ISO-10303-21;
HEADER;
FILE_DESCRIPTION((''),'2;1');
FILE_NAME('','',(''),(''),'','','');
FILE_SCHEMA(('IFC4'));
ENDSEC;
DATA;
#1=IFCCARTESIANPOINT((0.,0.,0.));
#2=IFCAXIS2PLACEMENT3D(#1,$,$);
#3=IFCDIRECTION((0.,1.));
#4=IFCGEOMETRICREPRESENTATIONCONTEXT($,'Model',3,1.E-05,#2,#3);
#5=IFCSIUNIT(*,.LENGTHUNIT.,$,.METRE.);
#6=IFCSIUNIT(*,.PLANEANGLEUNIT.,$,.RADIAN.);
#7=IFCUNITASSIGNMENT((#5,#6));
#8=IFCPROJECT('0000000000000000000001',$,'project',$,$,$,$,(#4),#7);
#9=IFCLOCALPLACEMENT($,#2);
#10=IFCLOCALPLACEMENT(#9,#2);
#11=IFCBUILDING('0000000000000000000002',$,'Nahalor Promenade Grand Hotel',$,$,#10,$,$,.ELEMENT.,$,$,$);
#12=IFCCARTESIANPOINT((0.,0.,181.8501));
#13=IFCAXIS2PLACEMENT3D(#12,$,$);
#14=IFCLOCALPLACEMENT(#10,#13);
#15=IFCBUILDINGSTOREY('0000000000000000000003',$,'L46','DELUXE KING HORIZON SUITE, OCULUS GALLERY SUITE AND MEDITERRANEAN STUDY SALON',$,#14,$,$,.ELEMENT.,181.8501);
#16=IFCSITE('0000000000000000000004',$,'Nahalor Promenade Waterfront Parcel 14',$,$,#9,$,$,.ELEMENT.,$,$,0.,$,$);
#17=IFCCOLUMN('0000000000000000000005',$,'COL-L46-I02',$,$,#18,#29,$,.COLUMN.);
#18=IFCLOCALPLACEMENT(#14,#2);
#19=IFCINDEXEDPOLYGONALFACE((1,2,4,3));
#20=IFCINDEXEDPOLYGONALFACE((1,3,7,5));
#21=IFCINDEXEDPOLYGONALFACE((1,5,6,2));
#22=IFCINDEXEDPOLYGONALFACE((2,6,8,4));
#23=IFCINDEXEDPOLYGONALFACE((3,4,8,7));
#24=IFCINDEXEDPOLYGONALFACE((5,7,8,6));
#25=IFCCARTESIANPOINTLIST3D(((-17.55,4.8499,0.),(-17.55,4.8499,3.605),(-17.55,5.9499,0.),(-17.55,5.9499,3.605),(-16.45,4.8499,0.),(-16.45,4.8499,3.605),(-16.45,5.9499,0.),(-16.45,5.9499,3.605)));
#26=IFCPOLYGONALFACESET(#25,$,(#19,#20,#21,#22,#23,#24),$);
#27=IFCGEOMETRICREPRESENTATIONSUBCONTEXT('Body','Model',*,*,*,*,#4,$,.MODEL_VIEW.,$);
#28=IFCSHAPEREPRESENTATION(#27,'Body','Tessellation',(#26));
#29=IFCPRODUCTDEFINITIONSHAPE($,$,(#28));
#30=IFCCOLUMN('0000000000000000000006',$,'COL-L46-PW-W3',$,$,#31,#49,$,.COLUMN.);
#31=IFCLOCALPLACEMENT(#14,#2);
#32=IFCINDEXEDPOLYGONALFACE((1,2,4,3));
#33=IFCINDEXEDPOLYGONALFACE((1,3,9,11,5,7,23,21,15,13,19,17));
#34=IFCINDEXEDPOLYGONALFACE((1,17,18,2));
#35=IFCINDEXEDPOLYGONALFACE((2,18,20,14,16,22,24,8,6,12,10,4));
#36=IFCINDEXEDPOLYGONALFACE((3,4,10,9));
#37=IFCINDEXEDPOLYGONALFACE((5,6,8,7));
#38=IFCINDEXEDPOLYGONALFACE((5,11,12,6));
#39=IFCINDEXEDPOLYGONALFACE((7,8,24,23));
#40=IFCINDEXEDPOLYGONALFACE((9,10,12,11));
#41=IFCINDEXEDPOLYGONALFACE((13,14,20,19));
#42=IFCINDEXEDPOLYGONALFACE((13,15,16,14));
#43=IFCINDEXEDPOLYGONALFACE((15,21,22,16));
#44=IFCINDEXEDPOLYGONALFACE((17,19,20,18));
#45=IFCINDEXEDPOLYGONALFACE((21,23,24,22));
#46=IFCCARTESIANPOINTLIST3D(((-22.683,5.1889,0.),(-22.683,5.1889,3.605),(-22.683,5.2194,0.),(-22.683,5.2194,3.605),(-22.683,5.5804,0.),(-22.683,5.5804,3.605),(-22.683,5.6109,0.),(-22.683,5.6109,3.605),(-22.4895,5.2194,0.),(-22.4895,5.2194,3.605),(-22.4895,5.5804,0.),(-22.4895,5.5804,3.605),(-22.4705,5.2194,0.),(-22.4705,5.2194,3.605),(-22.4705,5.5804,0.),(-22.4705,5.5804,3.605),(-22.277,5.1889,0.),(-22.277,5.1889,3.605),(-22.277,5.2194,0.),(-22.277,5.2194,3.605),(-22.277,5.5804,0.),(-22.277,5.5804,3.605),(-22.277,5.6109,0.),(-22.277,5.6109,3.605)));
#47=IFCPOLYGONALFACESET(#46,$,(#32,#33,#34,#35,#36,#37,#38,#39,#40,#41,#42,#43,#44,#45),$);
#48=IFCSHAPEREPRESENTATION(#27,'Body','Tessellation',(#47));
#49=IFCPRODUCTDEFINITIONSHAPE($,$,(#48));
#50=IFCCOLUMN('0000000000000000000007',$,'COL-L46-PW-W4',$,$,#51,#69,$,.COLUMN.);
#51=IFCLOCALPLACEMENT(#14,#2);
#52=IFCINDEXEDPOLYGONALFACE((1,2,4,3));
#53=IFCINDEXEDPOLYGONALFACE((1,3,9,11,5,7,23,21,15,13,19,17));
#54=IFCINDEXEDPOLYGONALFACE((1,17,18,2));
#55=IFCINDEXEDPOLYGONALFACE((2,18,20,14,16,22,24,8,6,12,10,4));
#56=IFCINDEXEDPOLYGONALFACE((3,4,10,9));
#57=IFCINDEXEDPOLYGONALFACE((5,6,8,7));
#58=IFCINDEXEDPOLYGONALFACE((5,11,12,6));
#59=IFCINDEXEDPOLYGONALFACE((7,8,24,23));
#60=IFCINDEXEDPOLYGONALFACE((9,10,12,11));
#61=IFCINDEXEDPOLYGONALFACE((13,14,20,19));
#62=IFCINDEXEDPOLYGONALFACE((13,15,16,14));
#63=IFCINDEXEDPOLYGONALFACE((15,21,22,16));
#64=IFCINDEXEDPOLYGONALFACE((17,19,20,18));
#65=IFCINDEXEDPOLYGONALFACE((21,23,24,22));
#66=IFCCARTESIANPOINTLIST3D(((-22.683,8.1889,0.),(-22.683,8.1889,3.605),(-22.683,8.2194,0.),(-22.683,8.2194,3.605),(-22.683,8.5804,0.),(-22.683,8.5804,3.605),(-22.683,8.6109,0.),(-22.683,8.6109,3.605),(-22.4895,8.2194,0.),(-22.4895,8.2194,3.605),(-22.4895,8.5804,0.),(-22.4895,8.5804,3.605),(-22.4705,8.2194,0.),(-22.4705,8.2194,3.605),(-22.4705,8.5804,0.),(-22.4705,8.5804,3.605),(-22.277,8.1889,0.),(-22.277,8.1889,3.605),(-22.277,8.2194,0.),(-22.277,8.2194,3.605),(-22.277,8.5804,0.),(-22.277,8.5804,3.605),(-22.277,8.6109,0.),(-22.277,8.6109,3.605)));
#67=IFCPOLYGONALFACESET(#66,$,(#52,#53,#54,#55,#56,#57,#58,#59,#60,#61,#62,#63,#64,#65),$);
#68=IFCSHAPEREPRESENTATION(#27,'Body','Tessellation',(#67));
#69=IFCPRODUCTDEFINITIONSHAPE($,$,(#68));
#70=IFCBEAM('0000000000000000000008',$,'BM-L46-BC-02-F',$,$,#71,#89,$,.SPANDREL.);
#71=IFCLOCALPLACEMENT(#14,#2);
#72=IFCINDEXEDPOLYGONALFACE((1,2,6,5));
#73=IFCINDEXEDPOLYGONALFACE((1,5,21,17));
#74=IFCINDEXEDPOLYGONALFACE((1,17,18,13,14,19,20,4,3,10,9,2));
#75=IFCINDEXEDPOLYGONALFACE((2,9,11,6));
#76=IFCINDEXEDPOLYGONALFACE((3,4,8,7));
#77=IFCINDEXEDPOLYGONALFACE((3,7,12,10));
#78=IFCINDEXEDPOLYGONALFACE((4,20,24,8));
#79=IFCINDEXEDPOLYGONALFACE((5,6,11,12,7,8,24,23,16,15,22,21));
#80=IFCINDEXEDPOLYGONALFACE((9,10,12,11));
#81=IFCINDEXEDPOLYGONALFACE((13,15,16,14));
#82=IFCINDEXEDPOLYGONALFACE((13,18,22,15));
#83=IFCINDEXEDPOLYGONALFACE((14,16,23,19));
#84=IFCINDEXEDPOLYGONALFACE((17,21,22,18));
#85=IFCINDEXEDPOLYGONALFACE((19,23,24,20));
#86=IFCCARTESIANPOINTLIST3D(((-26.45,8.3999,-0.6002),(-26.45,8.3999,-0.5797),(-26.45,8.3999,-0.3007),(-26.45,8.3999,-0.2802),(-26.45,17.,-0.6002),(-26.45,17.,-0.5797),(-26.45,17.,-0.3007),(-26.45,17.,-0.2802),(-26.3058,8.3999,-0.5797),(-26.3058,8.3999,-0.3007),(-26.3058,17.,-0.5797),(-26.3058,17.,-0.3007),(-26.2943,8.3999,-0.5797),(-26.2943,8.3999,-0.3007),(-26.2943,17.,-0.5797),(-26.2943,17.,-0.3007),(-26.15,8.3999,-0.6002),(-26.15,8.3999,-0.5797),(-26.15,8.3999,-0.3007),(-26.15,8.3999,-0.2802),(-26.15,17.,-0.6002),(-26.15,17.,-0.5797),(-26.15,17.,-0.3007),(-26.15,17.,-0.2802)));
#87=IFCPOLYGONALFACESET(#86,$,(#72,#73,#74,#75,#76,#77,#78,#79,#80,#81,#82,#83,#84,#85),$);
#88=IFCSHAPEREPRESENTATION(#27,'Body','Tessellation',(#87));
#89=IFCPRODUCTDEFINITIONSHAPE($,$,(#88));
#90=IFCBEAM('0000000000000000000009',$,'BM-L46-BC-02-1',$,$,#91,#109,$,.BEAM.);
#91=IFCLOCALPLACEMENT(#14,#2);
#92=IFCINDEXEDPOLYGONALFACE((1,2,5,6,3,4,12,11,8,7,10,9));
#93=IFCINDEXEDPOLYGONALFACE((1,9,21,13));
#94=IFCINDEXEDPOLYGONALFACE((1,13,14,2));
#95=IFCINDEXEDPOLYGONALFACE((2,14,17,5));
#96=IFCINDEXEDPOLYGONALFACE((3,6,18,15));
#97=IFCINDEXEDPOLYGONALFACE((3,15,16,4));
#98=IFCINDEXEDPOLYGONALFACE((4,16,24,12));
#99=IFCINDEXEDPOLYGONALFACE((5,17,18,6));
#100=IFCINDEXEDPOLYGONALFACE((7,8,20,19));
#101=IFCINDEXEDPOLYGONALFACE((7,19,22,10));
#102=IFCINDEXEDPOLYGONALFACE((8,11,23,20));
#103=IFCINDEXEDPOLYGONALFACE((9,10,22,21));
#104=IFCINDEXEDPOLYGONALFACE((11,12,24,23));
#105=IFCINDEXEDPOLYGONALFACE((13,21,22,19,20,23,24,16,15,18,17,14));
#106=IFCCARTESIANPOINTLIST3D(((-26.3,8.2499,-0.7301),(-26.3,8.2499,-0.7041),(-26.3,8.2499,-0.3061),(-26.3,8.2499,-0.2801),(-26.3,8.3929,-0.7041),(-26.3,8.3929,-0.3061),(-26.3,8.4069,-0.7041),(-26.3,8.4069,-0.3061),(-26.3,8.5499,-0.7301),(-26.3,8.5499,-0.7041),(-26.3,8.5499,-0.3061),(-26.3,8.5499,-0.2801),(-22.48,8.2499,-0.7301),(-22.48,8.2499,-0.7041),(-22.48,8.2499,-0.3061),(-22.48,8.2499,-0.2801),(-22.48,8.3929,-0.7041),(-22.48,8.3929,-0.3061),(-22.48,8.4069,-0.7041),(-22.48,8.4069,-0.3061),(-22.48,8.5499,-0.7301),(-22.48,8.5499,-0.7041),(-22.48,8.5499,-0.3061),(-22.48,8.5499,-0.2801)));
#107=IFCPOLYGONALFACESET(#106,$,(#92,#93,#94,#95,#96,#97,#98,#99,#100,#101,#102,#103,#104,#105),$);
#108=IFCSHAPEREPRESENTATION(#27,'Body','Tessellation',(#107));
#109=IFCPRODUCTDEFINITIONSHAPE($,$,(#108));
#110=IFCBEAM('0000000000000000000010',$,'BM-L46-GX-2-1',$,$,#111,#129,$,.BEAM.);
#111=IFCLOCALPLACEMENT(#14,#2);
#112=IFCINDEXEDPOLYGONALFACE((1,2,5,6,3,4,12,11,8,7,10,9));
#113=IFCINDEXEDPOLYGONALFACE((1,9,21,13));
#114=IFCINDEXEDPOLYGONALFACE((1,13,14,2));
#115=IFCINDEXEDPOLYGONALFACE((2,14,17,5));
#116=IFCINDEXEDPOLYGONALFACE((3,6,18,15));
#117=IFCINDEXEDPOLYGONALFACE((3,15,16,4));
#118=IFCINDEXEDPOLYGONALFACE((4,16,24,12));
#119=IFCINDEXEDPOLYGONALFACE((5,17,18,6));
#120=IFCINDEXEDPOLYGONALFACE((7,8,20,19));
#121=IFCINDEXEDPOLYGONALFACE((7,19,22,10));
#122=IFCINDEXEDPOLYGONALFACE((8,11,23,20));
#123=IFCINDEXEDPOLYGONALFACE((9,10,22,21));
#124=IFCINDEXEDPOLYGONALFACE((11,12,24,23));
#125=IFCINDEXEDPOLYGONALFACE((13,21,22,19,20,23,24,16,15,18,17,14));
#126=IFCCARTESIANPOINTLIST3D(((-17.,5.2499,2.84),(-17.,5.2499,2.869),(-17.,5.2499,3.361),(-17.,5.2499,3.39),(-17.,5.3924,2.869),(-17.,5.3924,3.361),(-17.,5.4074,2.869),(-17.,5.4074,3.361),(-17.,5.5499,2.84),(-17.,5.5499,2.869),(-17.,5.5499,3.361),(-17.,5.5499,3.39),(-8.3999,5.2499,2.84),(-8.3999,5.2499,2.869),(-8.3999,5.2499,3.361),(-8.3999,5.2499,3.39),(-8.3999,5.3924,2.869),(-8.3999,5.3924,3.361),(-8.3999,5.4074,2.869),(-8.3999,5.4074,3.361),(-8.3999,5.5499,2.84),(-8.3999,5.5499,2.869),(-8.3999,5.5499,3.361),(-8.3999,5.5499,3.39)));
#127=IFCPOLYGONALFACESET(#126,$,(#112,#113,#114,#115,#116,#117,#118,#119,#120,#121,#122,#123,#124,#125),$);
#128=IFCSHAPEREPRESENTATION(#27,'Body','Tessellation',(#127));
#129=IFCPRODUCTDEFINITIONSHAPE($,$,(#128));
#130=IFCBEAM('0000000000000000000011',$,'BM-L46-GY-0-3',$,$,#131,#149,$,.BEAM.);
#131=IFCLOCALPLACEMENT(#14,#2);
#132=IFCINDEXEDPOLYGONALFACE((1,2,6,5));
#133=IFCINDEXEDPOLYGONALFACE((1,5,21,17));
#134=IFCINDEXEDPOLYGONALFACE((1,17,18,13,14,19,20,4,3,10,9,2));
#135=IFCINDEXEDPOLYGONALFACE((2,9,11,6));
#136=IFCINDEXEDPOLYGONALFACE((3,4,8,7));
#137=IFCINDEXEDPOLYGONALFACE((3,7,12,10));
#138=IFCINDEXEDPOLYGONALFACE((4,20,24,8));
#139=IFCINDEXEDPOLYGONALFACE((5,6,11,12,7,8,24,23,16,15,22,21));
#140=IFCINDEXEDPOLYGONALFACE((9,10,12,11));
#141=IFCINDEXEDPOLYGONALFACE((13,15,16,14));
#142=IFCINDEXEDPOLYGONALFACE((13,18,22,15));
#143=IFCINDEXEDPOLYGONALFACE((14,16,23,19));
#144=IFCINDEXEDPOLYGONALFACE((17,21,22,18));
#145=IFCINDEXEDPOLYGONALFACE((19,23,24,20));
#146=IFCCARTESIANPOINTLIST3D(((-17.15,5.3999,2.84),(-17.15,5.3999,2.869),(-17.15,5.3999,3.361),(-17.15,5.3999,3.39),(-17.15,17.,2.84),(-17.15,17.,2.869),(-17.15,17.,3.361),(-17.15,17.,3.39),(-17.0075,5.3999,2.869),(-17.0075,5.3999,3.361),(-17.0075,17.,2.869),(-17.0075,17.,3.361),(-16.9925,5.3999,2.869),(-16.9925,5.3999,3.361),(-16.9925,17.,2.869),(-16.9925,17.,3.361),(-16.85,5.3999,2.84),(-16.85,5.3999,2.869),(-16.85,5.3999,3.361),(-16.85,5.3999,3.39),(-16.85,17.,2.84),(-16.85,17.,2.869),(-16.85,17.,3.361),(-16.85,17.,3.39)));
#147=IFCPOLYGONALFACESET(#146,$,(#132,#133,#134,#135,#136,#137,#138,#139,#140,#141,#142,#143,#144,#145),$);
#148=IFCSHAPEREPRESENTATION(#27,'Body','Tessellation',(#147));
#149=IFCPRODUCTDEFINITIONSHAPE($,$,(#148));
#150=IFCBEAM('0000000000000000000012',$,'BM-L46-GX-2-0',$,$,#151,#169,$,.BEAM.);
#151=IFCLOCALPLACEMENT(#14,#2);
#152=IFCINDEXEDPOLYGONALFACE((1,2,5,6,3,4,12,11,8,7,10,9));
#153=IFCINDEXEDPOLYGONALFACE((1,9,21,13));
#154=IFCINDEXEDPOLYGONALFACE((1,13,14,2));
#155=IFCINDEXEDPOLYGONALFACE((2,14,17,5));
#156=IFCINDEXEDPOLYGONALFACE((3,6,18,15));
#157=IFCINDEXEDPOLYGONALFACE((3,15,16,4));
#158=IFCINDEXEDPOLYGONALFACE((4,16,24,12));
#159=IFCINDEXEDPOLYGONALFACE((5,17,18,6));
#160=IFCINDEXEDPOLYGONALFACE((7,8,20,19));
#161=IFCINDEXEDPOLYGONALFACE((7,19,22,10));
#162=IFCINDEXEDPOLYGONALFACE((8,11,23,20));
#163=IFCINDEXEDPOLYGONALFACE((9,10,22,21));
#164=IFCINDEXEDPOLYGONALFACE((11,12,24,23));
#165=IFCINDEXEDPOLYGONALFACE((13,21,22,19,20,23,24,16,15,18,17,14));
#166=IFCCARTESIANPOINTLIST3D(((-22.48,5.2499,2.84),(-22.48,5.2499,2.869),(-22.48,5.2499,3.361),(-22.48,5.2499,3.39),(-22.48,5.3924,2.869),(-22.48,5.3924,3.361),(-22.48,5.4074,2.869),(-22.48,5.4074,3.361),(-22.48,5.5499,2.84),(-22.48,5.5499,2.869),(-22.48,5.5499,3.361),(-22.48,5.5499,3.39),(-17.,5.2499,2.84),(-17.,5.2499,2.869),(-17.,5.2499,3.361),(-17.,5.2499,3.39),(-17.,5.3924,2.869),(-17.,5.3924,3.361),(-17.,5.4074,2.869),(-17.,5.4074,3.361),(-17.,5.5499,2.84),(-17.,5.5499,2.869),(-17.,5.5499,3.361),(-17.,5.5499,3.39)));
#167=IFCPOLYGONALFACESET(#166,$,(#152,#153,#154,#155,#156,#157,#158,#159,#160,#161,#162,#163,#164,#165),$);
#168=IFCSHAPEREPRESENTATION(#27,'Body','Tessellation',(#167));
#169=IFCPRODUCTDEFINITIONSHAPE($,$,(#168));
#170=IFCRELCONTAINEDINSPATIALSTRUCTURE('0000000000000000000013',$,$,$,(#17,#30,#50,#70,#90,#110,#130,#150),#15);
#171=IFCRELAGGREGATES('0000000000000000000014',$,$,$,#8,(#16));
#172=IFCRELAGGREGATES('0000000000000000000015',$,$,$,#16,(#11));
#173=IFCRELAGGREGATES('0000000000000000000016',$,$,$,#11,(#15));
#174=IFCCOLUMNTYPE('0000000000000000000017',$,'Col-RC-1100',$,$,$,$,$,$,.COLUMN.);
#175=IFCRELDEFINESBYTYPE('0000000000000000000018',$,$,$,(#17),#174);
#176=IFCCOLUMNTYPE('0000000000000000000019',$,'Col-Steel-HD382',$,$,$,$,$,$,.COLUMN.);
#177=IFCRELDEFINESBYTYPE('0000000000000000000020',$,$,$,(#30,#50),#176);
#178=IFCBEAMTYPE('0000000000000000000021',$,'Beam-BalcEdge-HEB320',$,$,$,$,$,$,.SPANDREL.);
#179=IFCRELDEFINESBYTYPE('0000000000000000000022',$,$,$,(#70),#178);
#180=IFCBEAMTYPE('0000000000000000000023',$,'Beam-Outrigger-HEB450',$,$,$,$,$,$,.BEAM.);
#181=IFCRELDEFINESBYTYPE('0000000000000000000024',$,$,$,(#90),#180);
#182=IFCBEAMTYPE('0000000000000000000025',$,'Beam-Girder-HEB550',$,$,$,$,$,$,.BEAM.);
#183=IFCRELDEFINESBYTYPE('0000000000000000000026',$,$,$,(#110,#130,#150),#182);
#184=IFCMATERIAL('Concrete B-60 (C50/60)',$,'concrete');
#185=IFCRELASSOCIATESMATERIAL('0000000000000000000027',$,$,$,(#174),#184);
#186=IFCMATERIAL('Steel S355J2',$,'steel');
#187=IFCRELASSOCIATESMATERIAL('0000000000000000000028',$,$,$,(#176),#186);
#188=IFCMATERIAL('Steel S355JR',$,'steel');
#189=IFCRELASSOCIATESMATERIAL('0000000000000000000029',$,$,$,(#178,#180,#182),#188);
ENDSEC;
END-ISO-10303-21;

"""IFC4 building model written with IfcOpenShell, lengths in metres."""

from ifc_helpers import new_model, si_unit, direction, frame, origin, origin_2d, place, context, subcontext, project, spatial, rectangle, i_section, extrude, source, transform, mapped, material, material_profile, profile_set, type_object, element, save


model = new_model("IFC4")

# Units and contexts
model_context = context("Model", 3, precision=1e-05, world=origin(), true_north=direction((0.0, 1.0)))
body_context = subcontext(model_context, "Body", "Model", "MODEL_VIEW")
ifc_project = project(units=[si_unit("LENGTHUNIT", "METRE"), si_unit("PLANEANGLEUNIT", "RADIAN")], contexts=[model_context])

# Site, building, storey
site_placement = place(None, origin())
site = spatial("IfcSite", under=ifc_project, at=site_placement, Name="Nahalor Promenade Waterfront Parcel 14", CompositionType="ELEMENT", RefElevation=0.0)
building_placement = place(site_placement, origin())
building = spatial("IfcBuilding", under=site, at=building_placement, Name="Nahalor Promenade Grand Hotel", CompositionType="ELEMENT")
storey_placement = place(building_placement, frame((0.0, 0.0, 181.8501)))
storey = spatial("IfcBuildingStorey", under=building, at=storey_placement, Name="L46", Description="DELUXE KING HORIZON SUITE, OCULUS GALLERY SUITE AND MEDITERRANEAN STUDY SALON", CompositionType="ELEMENT", Elevation=181.8501)

# Columns
ifc_material_1 = material(Name="Concrete B-60 (C50/60)", Category="concrete")
ifc_material_profile_1 = material_profile(ifc_material_1, rectangle(XDim=1.1, YDim=1.1, at=origin_2d()), Name="RC 1100x1100")
ifc_profile_set_1 = profile_set([ifc_material_profile_1], Name="Concrete B-60 (C50/60)")
column_type_1 = type_object("IfcColumnType", Name="Col-RC-1100", PredefinedType="COLUMN", material=ifc_profile_set_1)
shared_shape_1 = source(origin(), body_context, "Body", "SweptSolid", [
    extrude(rectangle(XDim=1.1, YDim=1.1, at=origin_2d()), origin(), (0.0, 0.0, 1.0), 3.605),
])
column_placement = place(storey_placement, frame((-17.0, 5.3999, 0.0), z_axis=(0.0, 0.0, 1.0), x_axis=(1.0, 0.0, 0.0)))
element("IfcColumn", 1, at=column_placement, inside=storey, type_object=column_type_1, Name="COL-L46-I02", PredefinedType="COLUMN", context=body_context, shape_type="MappedRepresentation", body=[
    mapped(shared_shape_1, transform((0.0, 0.0, 0.0), scale=1.0)),
])
ifc_material_2 = material(Name="Steel S355J2", Category="steel")
ifc_material_profile_2 = material_profile(ifc_material_2, i_section(OverallWidth=0.406, OverallDepth=0.422, WebThickness=0.019, FlangeThickness=0.0305, at=origin_2d()), Name="HD 400x382")
ifc_profile_set_2 = profile_set([ifc_material_profile_2], Name="Steel S355J2")
column_type_2 = type_object("IfcColumnType", Name="Col-Steel-HD382", PredefinedType="COLUMN", material=ifc_profile_set_2)
shared_shape_2 = source(origin(), body_context, "Body", "SweptSolid", [
    extrude(i_section(OverallWidth=0.406, OverallDepth=0.422, WebThickness=0.019, FlangeThickness=0.0305, at=origin_2d()), origin(), (0.0, 0.0, 1.0), 3.605),
])
for number, where, z_axis, x_axis, name in (
    (2, (-22.48, 5.3999, 0.0), (0.0, 0.0, 1.0), (1.0, 0.0, 0.0), "COL-L46-PW-W3"),
    (3, (-22.48, 8.3999, 0.0), (0.0, 0.0, 1.0), (1.0, 0.0, 0.0), "COL-L46-PW-W4"),
):
    element("IfcColumn", number, at=place(storey_placement, frame(where, z_axis=z_axis, x_axis=x_axis)), inside=storey, type_object=column_type_2, Name=name, PredefinedType="COLUMN", context=body_context, shape_type="MappedRepresentation", body=[
        mapped(shared_shape_2, transform((0.0, 0.0, 0.0), scale=1.0)),
    ])

# Beams
ifc_material_3 = material(Name="Steel S355JR", Category="steel")
ifc_material_profile_3 = material_profile(ifc_material_3, i_section(OverallWidth=0.3, OverallDepth=0.32, WebThickness=0.0115, FlangeThickness=0.0205, at=origin_2d()), Name="HEB 320")
ifc_profile_set_3 = profile_set([ifc_material_profile_3], Name="Steel S355JR")
beam_type_1 = type_object("IfcBeamType", Name="Beam-BalcEdge-HEB320", PredefinedType="SPANDREL", material=ifc_profile_set_3)
shared_shape_3 = source(origin(), body_context, "Body", "SweptSolid", [
    extrude(i_section(OverallWidth=0.3, OverallDepth=0.32, WebThickness=0.0115, FlangeThickness=0.0205, at=origin_2d()), origin(), (0.0, 0.0, 1.0), 8.6001),
])
beam_1_placement = place(storey_placement, frame((-26.3, 8.3999, -0.4402), z_axis=(0.0, 1.0, 0.0), x_axis=(-1.0, 0.0, 0.0)))
element("IfcBeam", 4, at=beam_1_placement, inside=storey, type_object=beam_type_1, Name="BM-L46-BC-02-F", PredefinedType="SPANDREL", context=body_context, shape_type="MappedRepresentation", body=[
    mapped(shared_shape_3, transform((0.0, 0.0, 0.0), scale=1.0)),
])
ifc_material_profile_4 = material_profile(ifc_material_3, i_section(OverallWidth=0.3, OverallDepth=0.45, WebThickness=0.014, FlangeThickness=0.026, at=origin_2d()), Name="HEB 450")
ifc_profile_set_4 = profile_set([ifc_material_profile_4], Name="Steel S355JR")
beam_type_2 = type_object("IfcBeamType", Name="Beam-Outrigger-HEB450", PredefinedType="BEAM", material=ifc_profile_set_4)
shared_shape_4 = source(origin(), body_context, "Body", "SweptSolid", [
    extrude(i_section(OverallWidth=0.3, OverallDepth=0.45, WebThickness=0.014, FlangeThickness=0.026, at=origin_2d()), origin(), (0.0, 0.0, 1.0), 3.8201),
])
beam_2_placement = place(storey_placement, frame((-26.3, 8.3999, -0.5051), z_axis=(1.0, 0.0, 0.0), x_axis=(0.0, 1.0, 0.0)))
element("IfcBeam", 5, at=beam_2_placement, inside=storey, type_object=beam_type_2, Name="BM-L46-BC-02-1", PredefinedType="BEAM", context=body_context, shape_type="MappedRepresentation", body=[
    mapped(shared_shape_4, transform((0.0, 0.0, 0.0), scale=1.0)),
])
ifc_material_profile_5 = material_profile(ifc_material_3, i_section(OverallWidth=0.3, OverallDepth=0.55, WebThickness=0.015, FlangeThickness=0.029, at=origin_2d()), Name="HEB 550")
ifc_profile_set_5 = profile_set([ifc_material_profile_5], Name="Steel S355JR")
beam_type_3 = type_object("IfcBeamType", Name="Beam-Girder-HEB550", PredefinedType="BEAM", material=ifc_profile_set_5)
shared_shape_5 = source(origin(), body_context, "Body", "SweptSolid", [
    extrude(i_section(OverallWidth=0.3, OverallDepth=0.55, WebThickness=0.015, FlangeThickness=0.029, at=origin_2d()), origin(), (0.0, 0.0, 1.0), 8.6001),
])
beam_3_placement = place(storey_placement, frame((-17.0, 5.3999, 3.115), z_axis=(1.0, 0.0, 0.0), x_axis=(0.0, 1.0, 0.0)))
element("IfcBeam", 6, at=beam_3_placement, inside=storey, type_object=beam_type_3, Name="BM-L46-GX-2-1", PredefinedType="BEAM", context=body_context, shape_type="MappedRepresentation", body=[
    mapped(shared_shape_5, transform((0.0, 0.0, 0.0), scale=1.0)),
])
shared_shape_6 = source(origin(), body_context, "Body", "SweptSolid", [
    extrude(i_section(OverallWidth=0.3, OverallDepth=0.55, WebThickness=0.015, FlangeThickness=0.029, at=origin_2d()), origin(), (0.0, 0.0, 1.0), 11.6001),
])
beam_4_placement = place(storey_placement, frame((-17.0, 5.3999, 3.115), z_axis=(0.0, 1.0, 0.0), x_axis=(-1.0, 0.0, 0.0)))
element("IfcBeam", 7, at=beam_4_placement, inside=storey, type_object=beam_type_3, Name="BM-L46-GY-0-3", PredefinedType="BEAM", context=body_context, shape_type="MappedRepresentation", body=[
    mapped(shared_shape_6, transform((0.0, 0.0, 0.0), scale=1.0)),
])
shared_shape_7 = source(origin(), body_context, "Body", "SweptSolid", [
    extrude(i_section(OverallWidth=0.3, OverallDepth=0.55, WebThickness=0.015, FlangeThickness=0.029, at=origin_2d()), origin(), (0.0, 0.0, 1.0), 5.48),
])
beam_5_placement = place(storey_placement, frame((-22.48, 5.3999, 3.115), z_axis=(1.0, 0.0, 0.0), x_axis=(0.0, 1.0, 0.0)))
element("IfcBeam", 8, at=beam_5_placement, inside=storey, type_object=beam_type_3, Name="BM-L46-GX-2-0", PredefinedType="BEAM", context=body_context, shape_type="MappedRepresentation", body=[
    mapped(shared_shape_7, transform((0.0, 0.0, 0.0), scale=1.0)),
])

save(model, "model.ifc")
